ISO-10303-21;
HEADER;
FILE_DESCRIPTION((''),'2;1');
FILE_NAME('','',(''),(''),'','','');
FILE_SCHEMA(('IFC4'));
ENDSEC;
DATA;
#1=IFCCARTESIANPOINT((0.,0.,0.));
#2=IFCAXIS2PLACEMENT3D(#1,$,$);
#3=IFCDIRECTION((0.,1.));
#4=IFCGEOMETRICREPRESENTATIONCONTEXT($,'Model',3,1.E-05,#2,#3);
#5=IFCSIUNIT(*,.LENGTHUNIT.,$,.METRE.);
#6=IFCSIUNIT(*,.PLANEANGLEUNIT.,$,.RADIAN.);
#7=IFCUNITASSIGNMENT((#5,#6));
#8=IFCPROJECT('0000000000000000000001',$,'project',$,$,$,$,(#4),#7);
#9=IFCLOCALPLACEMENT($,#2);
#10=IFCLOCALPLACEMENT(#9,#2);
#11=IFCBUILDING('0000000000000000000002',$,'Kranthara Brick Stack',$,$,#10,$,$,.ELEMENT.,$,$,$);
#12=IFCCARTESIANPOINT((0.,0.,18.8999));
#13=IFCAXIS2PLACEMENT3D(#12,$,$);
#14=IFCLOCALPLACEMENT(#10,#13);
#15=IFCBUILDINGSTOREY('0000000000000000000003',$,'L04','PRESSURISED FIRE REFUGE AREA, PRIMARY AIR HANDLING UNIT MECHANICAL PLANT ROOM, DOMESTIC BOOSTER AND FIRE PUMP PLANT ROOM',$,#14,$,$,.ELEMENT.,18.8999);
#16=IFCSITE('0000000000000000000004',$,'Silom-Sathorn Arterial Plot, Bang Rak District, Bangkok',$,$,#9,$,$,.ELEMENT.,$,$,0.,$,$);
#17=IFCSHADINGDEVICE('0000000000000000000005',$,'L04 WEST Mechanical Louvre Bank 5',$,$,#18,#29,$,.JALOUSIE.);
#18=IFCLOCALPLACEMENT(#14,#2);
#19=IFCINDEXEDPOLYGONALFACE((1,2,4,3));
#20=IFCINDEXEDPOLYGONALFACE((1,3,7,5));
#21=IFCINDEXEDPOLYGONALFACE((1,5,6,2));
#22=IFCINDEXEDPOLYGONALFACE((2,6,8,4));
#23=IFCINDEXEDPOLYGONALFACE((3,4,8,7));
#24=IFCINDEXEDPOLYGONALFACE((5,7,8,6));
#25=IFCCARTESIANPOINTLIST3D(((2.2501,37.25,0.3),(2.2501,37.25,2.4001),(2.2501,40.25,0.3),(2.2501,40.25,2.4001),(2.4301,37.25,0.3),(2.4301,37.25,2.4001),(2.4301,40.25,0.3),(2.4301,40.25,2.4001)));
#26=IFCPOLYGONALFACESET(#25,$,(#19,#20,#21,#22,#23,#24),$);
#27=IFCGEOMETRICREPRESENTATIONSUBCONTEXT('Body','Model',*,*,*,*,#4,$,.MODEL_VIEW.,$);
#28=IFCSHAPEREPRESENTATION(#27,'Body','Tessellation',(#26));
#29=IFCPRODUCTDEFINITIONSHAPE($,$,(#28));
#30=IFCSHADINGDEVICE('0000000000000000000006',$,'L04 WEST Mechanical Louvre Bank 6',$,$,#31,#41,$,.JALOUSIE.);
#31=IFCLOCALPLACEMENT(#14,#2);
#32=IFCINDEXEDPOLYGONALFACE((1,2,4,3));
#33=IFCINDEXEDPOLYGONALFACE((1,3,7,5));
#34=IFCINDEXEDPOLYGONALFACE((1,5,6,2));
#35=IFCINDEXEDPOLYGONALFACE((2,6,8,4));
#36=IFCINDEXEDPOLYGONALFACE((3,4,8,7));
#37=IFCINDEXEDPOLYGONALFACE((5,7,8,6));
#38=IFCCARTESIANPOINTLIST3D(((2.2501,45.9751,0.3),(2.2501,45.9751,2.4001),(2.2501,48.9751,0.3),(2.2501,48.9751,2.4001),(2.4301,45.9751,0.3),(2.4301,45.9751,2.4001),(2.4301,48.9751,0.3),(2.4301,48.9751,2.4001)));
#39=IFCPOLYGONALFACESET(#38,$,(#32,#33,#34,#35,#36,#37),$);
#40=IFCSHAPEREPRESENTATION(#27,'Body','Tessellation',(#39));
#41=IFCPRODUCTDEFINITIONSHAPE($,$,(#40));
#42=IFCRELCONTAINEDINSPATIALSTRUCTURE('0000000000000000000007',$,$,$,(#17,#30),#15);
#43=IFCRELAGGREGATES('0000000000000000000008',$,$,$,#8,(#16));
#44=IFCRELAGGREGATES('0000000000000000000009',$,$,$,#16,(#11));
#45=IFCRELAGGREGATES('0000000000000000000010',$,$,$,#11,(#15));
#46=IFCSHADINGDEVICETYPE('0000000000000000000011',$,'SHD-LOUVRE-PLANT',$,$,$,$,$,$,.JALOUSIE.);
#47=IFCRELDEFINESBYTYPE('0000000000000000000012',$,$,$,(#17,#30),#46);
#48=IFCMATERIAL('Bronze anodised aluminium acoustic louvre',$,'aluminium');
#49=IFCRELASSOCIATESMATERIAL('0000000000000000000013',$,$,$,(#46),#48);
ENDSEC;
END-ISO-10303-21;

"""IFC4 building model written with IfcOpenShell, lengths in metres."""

from ifc_helpers import new_model, si_unit, direction, frame, origin, origin_2d, place, context, subcontext, project, spatial, rectangle, extrude, material, type_object, element, save


model = new_model("IFC4")

# Units and contexts
model_context = context("Model", 3, precision=1e-05, world=origin(), true_north=direction((0.0, 1.0)))
body_context = subcontext(model_context, "Body", "Model", "MODEL_VIEW")
ifc_project = project(units=[si_unit("LENGTHUNIT", "METRE"), si_unit("PLANEANGLEUNIT", "RADIAN")], contexts=[model_context])

# Site, building, storey
site_placement = place(None, origin())
site = spatial("IfcSite", under=ifc_project, at=site_placement, Name="Silom-Sathorn Arterial Plot, Bang Rak District, Bangkok", CompositionType="ELEMENT", RefElevation=0.0)
building_placement = place(site_placement, origin())
building = spatial("IfcBuilding", under=site, at=building_placement, Name="Kranthara Brick Stack", CompositionType="ELEMENT")
storey_placement = place(building_placement, frame((0.0, 0.0, 18.8999)))
storey = spatial("IfcBuildingStorey", under=building, at=storey_placement, Name="L04", Description="PRESSURISED FIRE REFUGE AREA, PRIMARY AIR HANDLING UNIT MECHANICAL PLANT ROOM, DOMESTIC BOOSTER AND FIRE PUMP PLANT ROOM", CompositionType="ELEMENT", Elevation=18.8999)

# Shading devices
ifc_material_1 = material(Name="Bronze anodised aluminium acoustic louvre", Category="aluminium")
shading_device_type = type_object("IfcShadingDeviceType", Name="SHD-LOUVRE-PLANT", PredefinedType="JALOUSIE", material=ifc_material_1)
for number, where, z_axis, x_axis, name in (
    (1, (2.3401, 38.75, 0.3), (0.0, 0.0, 1.0), (0.0, 1.0, 0.0), "L04 WEST Mechanical Louvre Bank 5"),
    (2, (2.3401, 47.4751, 0.3), (0.0, 0.0, 1.0), (0.0, 1.0, 0.0), "L04 WEST Mechanical Louvre Bank 6"),
):
    element("IfcShadingDevice", number, at=place(storey_placement, frame(where, z_axis=z_axis, x_axis=x_axis)), inside=storey, type_object=shading_device_type, Name=name, PredefinedType="JALOUSIE", context=body_context, shape_type="SweptSolid", body=[
        extrude(rectangle(XDim=3.0, YDim=0.1799, at=origin_2d()), origin(), (0.0, 0.0, 1.0), 2.1001),
    ])

save(model, "model.ifc")
